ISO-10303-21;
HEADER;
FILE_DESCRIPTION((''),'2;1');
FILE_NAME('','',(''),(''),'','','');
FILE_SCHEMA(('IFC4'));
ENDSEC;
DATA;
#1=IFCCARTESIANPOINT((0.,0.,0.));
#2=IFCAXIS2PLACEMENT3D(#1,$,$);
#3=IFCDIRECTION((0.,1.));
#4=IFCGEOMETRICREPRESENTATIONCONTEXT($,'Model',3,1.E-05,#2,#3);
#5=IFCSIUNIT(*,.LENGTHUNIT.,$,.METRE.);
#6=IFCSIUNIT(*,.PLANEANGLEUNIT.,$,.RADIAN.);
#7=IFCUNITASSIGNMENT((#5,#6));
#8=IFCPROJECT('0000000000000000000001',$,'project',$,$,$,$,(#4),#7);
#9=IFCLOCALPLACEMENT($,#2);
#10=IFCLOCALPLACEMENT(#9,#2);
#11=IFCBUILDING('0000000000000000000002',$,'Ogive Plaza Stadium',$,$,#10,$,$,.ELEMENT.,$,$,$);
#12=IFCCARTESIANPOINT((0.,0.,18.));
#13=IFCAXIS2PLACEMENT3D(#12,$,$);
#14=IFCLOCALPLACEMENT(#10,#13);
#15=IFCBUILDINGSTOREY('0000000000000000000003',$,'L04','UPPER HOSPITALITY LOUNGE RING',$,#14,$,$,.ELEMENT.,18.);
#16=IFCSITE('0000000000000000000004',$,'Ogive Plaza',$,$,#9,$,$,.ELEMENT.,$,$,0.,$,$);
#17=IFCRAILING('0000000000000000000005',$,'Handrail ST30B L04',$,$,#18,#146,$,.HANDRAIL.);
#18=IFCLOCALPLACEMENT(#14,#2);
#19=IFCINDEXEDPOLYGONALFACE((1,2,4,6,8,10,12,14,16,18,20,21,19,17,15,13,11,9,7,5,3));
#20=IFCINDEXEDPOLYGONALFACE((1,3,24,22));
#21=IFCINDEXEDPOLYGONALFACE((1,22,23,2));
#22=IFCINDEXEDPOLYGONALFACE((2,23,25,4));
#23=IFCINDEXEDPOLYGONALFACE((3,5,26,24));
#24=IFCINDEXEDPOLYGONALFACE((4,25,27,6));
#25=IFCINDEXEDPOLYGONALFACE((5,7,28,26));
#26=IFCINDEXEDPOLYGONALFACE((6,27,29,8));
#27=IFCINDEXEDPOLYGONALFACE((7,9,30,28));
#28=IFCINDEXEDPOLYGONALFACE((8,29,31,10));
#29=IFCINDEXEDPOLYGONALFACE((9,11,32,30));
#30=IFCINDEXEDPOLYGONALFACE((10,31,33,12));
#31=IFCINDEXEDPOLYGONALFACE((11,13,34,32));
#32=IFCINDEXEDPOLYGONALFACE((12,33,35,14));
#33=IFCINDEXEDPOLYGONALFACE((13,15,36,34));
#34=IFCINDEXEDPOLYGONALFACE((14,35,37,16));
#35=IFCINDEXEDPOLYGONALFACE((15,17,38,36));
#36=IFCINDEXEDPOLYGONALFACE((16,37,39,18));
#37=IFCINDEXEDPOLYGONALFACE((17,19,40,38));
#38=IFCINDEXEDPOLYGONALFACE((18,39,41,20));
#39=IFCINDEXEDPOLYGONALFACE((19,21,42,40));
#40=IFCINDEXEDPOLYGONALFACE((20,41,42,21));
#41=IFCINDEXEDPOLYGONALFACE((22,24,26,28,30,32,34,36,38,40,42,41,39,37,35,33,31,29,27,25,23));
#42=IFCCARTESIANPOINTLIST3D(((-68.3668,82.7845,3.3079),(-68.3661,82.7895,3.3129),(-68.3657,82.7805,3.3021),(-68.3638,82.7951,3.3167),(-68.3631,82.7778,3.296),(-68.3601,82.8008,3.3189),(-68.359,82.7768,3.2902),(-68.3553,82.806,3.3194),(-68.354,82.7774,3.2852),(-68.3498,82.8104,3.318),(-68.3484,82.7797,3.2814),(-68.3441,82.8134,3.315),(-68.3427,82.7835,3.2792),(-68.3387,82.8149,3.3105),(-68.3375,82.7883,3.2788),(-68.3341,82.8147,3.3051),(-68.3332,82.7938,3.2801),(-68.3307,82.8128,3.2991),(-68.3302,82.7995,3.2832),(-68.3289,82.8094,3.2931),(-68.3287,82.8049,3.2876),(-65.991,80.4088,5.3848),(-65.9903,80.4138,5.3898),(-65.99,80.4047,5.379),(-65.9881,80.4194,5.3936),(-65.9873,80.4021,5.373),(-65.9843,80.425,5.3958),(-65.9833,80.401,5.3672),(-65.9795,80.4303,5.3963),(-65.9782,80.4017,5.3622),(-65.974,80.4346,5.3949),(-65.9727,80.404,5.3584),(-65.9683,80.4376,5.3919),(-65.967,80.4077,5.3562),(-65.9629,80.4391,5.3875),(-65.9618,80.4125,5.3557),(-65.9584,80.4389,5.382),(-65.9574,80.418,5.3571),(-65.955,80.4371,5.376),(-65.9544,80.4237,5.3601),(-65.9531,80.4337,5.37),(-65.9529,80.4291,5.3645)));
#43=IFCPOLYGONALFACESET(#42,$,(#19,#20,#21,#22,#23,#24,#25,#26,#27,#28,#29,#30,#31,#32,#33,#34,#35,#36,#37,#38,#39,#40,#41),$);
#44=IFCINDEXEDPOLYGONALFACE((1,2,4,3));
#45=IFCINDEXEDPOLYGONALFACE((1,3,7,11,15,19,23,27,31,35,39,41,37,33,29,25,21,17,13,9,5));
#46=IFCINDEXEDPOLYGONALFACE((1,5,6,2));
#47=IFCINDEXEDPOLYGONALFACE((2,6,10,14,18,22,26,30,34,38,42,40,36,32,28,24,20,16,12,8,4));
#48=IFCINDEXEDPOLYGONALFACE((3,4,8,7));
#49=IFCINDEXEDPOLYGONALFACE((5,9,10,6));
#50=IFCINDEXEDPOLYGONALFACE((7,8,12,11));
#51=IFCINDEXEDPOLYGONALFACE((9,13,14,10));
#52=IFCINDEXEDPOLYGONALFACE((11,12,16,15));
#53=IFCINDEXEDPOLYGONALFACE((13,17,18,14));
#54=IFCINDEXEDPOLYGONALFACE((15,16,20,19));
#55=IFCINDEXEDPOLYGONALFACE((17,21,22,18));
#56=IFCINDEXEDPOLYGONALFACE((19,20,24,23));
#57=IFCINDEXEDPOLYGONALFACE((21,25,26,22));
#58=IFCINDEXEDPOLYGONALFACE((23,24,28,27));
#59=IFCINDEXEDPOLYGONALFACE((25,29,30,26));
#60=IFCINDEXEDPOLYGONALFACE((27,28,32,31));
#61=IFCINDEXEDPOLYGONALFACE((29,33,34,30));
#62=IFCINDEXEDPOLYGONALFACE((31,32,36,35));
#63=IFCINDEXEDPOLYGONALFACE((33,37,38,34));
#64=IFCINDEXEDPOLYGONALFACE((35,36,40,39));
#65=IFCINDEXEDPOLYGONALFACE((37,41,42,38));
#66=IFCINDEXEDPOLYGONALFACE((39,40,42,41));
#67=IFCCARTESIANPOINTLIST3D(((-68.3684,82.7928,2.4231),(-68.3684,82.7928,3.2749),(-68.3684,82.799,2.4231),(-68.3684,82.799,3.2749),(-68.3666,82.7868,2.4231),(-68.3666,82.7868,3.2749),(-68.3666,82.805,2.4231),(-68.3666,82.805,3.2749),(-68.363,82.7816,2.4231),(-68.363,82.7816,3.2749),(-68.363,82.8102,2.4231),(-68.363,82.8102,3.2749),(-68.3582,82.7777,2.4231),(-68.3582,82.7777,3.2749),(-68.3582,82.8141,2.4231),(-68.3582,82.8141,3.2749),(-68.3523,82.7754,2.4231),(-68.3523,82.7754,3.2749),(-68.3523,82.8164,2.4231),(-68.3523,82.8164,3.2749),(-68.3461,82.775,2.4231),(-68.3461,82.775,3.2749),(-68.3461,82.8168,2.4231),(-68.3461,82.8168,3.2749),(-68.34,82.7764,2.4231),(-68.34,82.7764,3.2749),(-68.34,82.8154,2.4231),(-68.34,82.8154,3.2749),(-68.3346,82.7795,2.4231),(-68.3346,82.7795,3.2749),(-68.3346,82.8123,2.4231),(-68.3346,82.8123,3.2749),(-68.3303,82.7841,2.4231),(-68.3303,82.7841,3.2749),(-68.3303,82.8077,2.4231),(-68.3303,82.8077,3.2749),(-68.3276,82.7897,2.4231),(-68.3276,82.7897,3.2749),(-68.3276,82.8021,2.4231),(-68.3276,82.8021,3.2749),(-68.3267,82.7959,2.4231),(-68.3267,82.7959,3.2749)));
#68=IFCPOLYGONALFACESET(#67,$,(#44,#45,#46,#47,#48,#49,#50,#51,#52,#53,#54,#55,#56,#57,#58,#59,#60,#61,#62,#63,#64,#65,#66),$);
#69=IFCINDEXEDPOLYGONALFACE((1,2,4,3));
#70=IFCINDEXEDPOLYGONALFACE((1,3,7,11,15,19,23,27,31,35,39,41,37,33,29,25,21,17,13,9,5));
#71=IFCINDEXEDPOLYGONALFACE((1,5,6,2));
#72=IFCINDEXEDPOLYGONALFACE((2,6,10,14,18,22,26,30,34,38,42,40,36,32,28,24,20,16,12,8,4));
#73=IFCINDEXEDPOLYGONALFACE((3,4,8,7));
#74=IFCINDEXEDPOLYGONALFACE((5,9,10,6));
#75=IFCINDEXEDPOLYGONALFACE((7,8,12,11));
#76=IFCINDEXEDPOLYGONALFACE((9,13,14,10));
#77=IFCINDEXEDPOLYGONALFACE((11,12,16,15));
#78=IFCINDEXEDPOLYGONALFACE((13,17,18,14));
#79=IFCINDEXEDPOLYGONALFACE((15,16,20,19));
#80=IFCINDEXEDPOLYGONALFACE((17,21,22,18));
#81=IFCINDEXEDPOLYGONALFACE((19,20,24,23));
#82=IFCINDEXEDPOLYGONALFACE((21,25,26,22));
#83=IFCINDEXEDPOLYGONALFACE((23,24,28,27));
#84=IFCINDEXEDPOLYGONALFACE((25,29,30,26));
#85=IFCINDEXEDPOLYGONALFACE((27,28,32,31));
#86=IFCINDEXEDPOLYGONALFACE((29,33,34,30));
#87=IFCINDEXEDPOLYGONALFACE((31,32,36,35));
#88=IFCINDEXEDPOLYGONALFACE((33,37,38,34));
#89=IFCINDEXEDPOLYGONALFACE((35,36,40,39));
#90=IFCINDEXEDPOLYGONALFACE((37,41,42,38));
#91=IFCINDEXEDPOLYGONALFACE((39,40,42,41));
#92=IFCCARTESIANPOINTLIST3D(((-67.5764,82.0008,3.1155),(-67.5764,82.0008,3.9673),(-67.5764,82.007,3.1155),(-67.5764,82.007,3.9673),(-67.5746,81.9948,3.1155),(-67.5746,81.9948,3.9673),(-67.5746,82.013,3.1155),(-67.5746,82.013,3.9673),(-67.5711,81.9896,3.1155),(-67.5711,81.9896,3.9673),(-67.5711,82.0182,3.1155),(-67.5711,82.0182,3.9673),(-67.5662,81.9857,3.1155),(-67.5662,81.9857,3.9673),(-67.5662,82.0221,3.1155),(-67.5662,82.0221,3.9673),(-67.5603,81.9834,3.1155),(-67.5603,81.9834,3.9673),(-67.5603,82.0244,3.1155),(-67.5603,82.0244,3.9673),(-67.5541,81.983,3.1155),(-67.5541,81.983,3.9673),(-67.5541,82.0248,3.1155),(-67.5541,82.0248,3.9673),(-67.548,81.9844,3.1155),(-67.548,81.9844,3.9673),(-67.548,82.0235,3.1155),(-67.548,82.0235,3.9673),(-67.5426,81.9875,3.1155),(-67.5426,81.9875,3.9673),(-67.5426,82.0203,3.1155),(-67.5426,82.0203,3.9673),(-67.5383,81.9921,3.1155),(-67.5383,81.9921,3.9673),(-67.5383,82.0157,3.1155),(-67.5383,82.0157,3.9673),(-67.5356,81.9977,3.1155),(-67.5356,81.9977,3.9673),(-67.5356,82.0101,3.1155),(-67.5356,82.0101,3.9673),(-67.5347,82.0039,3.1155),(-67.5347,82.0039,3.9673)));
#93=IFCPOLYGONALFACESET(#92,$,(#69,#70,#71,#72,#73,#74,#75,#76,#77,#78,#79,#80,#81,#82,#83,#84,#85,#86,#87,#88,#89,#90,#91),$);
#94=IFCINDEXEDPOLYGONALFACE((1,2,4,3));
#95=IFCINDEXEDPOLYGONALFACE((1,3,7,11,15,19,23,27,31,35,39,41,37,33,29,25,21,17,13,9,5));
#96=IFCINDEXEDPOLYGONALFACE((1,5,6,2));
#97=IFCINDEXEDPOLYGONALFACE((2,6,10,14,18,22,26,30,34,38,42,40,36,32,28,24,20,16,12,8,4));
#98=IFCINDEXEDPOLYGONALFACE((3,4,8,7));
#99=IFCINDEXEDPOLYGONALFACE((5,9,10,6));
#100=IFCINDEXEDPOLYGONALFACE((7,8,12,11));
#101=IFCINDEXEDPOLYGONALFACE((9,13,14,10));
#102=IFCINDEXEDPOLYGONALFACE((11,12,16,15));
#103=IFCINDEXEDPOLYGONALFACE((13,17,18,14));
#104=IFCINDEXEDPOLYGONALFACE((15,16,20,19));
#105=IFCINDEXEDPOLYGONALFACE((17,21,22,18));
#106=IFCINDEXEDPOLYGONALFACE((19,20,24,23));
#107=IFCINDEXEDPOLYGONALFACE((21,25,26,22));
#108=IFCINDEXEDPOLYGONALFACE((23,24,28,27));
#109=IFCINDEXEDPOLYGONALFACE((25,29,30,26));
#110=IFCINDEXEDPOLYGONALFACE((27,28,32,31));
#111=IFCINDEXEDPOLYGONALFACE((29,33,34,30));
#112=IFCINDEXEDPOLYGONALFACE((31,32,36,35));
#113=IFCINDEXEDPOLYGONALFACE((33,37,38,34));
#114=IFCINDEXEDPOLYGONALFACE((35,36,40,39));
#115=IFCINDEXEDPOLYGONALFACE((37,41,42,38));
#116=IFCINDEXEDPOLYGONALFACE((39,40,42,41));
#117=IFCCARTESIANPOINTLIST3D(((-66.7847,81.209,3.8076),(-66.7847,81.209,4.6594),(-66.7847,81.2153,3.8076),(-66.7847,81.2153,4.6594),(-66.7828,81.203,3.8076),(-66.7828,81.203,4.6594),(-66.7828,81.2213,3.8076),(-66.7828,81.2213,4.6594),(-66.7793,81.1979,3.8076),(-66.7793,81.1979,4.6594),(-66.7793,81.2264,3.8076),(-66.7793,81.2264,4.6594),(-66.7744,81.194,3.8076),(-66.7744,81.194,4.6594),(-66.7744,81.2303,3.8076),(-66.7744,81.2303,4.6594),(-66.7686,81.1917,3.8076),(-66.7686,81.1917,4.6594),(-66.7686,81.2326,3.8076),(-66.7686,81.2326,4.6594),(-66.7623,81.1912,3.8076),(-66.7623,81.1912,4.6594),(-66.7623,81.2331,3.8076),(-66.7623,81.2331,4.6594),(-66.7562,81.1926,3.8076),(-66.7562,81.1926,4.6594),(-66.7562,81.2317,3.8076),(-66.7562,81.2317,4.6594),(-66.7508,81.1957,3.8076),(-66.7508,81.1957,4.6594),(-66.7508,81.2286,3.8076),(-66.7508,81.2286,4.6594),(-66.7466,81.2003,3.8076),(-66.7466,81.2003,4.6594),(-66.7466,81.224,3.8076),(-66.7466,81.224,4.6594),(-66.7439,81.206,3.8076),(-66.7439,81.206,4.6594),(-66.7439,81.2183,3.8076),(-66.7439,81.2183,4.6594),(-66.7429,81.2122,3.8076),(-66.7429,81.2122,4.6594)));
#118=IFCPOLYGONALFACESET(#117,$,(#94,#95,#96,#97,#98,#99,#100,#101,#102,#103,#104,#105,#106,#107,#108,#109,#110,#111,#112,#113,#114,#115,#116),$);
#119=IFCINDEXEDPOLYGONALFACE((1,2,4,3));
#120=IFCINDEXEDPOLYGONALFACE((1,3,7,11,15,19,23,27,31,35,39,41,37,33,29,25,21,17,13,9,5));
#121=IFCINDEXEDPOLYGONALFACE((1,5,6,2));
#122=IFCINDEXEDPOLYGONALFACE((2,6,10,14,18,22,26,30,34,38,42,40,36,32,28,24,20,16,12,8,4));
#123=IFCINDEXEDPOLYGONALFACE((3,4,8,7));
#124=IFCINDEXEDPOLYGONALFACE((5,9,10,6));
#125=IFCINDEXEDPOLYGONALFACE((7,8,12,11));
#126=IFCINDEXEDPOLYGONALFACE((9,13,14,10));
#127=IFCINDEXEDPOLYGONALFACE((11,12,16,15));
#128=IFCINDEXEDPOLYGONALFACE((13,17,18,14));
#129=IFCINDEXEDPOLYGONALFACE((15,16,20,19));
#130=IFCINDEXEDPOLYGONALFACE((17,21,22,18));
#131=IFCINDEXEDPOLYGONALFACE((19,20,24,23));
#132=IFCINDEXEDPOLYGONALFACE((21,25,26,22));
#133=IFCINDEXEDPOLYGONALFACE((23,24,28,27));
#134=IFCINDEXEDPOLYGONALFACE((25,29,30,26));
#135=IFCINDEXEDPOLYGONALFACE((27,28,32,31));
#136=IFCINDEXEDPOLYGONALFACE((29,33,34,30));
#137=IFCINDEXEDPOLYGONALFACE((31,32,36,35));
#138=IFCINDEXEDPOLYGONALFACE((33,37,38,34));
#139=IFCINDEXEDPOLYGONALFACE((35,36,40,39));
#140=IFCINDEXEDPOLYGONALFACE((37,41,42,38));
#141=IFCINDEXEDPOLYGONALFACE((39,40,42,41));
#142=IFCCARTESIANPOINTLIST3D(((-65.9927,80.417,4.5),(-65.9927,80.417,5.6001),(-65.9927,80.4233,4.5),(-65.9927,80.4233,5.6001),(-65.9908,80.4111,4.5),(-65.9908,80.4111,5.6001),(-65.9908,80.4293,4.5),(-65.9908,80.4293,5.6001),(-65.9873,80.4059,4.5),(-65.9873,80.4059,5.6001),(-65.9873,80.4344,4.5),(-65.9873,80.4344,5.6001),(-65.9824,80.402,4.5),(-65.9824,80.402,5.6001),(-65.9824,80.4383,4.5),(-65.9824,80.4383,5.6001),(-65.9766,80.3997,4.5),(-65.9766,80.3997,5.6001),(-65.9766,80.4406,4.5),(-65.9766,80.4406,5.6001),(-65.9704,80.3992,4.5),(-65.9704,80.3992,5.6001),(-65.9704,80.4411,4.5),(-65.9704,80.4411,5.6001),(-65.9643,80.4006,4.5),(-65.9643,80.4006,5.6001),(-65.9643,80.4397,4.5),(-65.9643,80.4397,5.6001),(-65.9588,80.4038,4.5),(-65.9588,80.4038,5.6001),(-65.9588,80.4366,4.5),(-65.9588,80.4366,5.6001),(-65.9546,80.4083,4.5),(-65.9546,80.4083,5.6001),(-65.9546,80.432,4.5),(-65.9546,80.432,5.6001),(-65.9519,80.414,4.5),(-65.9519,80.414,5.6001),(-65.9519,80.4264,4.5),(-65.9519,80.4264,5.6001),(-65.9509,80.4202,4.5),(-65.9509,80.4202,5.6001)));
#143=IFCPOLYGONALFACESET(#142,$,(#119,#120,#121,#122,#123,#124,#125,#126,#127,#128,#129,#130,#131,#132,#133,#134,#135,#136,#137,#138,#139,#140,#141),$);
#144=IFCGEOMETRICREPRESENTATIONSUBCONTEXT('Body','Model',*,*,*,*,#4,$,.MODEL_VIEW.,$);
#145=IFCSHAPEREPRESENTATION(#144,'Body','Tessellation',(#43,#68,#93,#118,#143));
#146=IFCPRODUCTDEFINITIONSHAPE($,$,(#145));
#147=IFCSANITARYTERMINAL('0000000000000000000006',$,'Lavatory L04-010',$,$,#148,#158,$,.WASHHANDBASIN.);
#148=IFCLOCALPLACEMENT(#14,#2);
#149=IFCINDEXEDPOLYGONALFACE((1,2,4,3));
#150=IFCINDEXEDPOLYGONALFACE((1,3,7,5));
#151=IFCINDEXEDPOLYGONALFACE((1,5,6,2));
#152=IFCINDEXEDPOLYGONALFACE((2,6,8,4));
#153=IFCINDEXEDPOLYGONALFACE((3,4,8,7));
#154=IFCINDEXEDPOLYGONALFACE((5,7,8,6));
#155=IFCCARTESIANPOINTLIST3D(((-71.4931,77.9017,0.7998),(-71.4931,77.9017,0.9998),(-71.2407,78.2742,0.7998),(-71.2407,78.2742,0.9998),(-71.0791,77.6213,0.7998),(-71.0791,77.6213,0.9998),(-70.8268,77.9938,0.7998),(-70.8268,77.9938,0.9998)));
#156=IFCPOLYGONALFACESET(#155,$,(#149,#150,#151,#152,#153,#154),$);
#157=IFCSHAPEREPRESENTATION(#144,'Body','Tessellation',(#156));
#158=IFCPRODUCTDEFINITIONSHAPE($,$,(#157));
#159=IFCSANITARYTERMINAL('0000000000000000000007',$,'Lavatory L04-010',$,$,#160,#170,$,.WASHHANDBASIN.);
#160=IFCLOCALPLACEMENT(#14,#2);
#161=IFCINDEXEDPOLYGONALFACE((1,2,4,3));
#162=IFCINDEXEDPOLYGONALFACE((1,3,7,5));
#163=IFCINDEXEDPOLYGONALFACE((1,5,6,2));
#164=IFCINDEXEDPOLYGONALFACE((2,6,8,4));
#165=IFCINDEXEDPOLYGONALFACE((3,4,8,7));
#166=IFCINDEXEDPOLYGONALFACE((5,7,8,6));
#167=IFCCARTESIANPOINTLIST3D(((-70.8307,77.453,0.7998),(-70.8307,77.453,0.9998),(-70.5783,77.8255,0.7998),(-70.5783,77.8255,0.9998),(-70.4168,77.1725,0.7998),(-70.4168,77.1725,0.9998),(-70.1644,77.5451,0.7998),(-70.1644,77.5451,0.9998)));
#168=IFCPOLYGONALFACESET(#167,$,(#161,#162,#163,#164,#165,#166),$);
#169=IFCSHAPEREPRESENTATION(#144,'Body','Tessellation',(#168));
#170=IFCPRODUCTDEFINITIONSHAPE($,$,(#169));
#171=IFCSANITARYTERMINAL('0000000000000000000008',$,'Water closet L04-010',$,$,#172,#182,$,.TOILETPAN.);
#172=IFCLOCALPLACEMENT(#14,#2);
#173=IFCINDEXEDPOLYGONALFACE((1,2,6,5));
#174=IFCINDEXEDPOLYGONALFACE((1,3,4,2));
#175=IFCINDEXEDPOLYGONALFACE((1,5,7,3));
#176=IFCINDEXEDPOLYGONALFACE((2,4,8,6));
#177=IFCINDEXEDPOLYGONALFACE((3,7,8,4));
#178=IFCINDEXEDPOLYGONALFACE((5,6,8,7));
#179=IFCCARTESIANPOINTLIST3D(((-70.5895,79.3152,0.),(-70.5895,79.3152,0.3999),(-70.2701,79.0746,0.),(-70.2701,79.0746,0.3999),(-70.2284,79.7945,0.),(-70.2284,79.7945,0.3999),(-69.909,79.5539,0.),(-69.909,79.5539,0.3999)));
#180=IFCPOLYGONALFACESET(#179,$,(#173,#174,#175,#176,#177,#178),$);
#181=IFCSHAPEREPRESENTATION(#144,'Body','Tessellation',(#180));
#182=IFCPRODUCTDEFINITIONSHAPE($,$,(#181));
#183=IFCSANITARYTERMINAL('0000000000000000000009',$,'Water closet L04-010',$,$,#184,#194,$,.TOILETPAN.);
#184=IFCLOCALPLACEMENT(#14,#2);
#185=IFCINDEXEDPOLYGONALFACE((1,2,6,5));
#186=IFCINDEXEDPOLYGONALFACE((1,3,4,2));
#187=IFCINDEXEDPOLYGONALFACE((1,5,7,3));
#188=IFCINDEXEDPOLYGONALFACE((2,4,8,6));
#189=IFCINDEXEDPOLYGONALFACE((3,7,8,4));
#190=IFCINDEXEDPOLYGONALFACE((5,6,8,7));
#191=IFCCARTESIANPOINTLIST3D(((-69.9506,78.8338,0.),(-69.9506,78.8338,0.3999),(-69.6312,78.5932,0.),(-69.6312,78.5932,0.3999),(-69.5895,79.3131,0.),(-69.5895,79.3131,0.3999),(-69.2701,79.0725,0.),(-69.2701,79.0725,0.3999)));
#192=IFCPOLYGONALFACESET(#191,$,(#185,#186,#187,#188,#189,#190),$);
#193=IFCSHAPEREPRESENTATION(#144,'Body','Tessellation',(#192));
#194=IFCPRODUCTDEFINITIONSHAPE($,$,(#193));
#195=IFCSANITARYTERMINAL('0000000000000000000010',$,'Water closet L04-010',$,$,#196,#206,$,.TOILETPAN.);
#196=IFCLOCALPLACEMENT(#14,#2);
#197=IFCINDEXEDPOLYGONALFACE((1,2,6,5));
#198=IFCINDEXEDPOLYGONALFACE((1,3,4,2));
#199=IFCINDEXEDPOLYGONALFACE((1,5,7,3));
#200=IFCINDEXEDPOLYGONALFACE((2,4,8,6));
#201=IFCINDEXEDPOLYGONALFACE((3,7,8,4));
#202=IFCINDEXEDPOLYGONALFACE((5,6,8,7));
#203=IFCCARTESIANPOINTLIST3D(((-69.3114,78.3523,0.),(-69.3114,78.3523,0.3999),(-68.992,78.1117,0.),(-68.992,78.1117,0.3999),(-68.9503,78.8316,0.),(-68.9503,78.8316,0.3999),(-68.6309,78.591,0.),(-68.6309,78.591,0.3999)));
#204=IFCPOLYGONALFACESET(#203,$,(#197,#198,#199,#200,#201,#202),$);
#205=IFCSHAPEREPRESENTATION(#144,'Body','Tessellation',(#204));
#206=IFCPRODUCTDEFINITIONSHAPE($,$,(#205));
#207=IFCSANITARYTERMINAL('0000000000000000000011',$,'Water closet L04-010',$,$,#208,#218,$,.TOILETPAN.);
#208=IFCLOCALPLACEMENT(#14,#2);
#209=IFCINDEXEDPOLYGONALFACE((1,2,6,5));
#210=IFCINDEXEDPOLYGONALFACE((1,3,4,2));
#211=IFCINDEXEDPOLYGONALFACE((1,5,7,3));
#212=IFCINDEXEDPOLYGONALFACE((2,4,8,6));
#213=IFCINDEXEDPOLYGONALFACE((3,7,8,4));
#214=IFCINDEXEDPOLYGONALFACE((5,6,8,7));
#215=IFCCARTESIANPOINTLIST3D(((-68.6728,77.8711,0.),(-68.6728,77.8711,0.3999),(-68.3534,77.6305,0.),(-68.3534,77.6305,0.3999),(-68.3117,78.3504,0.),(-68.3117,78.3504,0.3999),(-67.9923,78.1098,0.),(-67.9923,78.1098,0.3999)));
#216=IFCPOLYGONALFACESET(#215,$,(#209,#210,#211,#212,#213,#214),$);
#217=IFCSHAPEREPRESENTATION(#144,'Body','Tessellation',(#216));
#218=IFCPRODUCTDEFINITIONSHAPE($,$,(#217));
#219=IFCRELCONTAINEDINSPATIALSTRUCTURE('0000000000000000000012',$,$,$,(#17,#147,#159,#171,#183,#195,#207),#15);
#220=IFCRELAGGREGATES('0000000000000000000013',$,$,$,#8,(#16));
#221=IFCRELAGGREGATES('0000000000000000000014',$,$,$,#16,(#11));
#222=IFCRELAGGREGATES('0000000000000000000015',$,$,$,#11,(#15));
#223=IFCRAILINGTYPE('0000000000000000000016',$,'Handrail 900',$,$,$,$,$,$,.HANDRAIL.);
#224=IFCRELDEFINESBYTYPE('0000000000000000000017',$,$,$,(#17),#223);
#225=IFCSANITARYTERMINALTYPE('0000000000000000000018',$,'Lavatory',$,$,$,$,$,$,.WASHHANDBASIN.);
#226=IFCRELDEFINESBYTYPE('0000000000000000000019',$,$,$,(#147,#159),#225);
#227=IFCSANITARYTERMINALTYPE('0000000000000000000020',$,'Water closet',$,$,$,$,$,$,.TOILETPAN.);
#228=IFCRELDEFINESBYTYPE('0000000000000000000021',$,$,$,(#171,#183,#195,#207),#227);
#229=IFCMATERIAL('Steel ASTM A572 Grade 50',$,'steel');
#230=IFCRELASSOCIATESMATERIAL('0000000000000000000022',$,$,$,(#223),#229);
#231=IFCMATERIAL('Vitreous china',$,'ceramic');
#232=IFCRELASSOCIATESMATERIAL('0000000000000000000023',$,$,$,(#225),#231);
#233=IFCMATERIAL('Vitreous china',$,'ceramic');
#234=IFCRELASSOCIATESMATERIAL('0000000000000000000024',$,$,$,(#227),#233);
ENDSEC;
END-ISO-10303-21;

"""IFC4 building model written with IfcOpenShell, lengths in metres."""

from ifc_helpers import new_model, si_unit, direction, frame, origin, origin_2d, place, context, subcontext, project, spatial, rectangle, circle, extrude, material, type_object, element, save


model = new_model("IFC4")

# Units and contexts
model_context = context("Model", 3, precision=1e-05, world=origin(), true_north=direction((0.0, 1.0)))
body_context = subcontext(model_context, "Body", "Model", "MODEL_VIEW")
ifc_project = project(units=[si_unit("LENGTHUNIT", "METRE"), si_unit("PLANEANGLEUNIT", "RADIAN")], contexts=[model_context])

# Site, building, storey
site_placement = place(None, origin())
site = spatial("IfcSite", under=ifc_project, at=site_placement, Name="Ogive Plaza", CompositionType="ELEMENT", RefElevation=0.0)
building_placement = place(site_placement, origin())
building = spatial("IfcBuilding", under=site, at=building_placement, Name="Ogive Plaza Stadium", CompositionType="ELEMENT")
storey_placement = place(building_placement, frame((0.0, 0.0, 18.0)))
storey = spatial("IfcBuildingStorey", under=building, at=storey_placement, Name="L04", Description="UPPER HOSPITALITY LOUNGE RING", CompositionType="ELEMENT", Elevation=18.0)

# Railing
ifc_material_1 = material(Name="Steel ASTM A572 Grade 50", Category="steel")
railing_type_1 = type_object("IfcRailingType", Name="Handrail 900", PredefinedType="HANDRAIL", material=ifc_material_1)
for number, where, name in (
    (1, (-68.3477, 82.7959, 2.4231), "Handrail ST30B L04"),
):
    element("IfcRailing", number, at=place(storey_placement, frame(where)), inside=storey, type_object=railing_type_1, Name=name, PredefinedType="HANDRAIL", context=body_context, shape_type="SweptSolid", body=[
        extrude(circle(Radius=0.0239, at=origin_2d()), frame((0.0, 0.0, 0.876), z_axis=(0.601466, -0.601466, 0.525811), x_axis=(0.707107, 0.707107, 0.0)), (0.0, 0.0, 1.0), 3.95),
        extrude(circle(Radius=0.021, at=origin_2d()), origin(), (0.0, 0.0, 1.0), 0.8518),
        extrude(circle(Radius=0.021, at=origin_2d()), frame((0.792, -0.792, 0.6924)), (0.0, 0.0, 1.0), 0.8518),
        extrude(circle(Radius=0.021, at=origin_2d()), frame((1.5837, -1.5837, 1.3845)), (0.0, 0.0, 1.0), 0.8518),
        extrude(circle(Radius=0.021, at=origin_2d()), frame((2.3757, -2.3757, 2.0769)), (0.0, 0.0, 1.0), 1.1001),
    ])

# Sanitary terminals
ifc_material_2 = material(Name="Vitreous china", Category="ceramic")
sanitary_terminal_type_1 = type_object("IfcSanitaryTerminalType", Name="Lavatory", PredefinedType="WASHHANDBASIN", material=ifc_material_2)
for number, where, z_axis, x_axis, name in (
    (2, (-71.1599, 77.9478, 0.7998), (0.0, 0.0, 1.0), (0.827885, -0.560898, 0.0), "Lavatory L04-010"),
    (3, (-70.4976, 77.499, 0.7998), (0.0, 0.0, 1.0), (0.827885, -0.560898, 0.0), "Lavatory L04-010"),
):
    element("IfcSanitaryTerminal", number, at=place(storey_placement, frame(where, z_axis=z_axis, x_axis=x_axis)), inside=storey, type_object=sanitary_terminal_type_1, Name=name, PredefinedType="WASHHANDBASIN", context=body_context, shape_type="SweptSolid", body=[
        extrude(rectangle(XDim=0.5, YDim=0.45, at=origin_2d()), origin(), (0.0, 0.0, 1.0), 0.2),
    ])
ifc_material_3 = material(Name="Vitreous china", Category="ceramic")
sanitary_terminal_type_2 = type_object("IfcSanitaryTerminalType", Name="Water closet", PredefinedType="TOILETPAN", material=ifc_material_3)
for number, where, z_axis, x_axis, name in (
    (4, (-70.2493, 79.4346, 0.0), (0.0, 0.0, 1.0), (0.798695, -0.601736, 0.0), "Water closet L04-010"),
    (5, (-69.6104, 78.9531, 0.0), (0.0, 0.0, 1.0), (0.798695, -0.601736, 0.0), "Water closet L04-010"),
    (6, (-68.9712, 78.4717, 0.0), (0.0, 0.0, 1.0), (0.798695, -0.601736, 0.0), "Water closet L04-010"),
    (7, (-68.3325, 77.9905, 0.0), (0.0, 0.0, 1.0), (0.798695, -0.601736, 0.0), "Water closet L04-010"),
):
    element("IfcSanitaryTerminal", number, at=place(storey_placement, frame(where, z_axis=z_axis, x_axis=x_axis)), inside=storey, type_object=sanitary_terminal_type_2, Name=name, PredefinedType="TOILETPAN", context=body_context, shape_type="SweptSolid", body=[
        extrude(rectangle(XDim=0.3999, YDim=0.6001, at=origin_2d()), origin(), (0.0, 0.0, 1.0), 0.3999),
    ])

save(model, "model.ifc")
